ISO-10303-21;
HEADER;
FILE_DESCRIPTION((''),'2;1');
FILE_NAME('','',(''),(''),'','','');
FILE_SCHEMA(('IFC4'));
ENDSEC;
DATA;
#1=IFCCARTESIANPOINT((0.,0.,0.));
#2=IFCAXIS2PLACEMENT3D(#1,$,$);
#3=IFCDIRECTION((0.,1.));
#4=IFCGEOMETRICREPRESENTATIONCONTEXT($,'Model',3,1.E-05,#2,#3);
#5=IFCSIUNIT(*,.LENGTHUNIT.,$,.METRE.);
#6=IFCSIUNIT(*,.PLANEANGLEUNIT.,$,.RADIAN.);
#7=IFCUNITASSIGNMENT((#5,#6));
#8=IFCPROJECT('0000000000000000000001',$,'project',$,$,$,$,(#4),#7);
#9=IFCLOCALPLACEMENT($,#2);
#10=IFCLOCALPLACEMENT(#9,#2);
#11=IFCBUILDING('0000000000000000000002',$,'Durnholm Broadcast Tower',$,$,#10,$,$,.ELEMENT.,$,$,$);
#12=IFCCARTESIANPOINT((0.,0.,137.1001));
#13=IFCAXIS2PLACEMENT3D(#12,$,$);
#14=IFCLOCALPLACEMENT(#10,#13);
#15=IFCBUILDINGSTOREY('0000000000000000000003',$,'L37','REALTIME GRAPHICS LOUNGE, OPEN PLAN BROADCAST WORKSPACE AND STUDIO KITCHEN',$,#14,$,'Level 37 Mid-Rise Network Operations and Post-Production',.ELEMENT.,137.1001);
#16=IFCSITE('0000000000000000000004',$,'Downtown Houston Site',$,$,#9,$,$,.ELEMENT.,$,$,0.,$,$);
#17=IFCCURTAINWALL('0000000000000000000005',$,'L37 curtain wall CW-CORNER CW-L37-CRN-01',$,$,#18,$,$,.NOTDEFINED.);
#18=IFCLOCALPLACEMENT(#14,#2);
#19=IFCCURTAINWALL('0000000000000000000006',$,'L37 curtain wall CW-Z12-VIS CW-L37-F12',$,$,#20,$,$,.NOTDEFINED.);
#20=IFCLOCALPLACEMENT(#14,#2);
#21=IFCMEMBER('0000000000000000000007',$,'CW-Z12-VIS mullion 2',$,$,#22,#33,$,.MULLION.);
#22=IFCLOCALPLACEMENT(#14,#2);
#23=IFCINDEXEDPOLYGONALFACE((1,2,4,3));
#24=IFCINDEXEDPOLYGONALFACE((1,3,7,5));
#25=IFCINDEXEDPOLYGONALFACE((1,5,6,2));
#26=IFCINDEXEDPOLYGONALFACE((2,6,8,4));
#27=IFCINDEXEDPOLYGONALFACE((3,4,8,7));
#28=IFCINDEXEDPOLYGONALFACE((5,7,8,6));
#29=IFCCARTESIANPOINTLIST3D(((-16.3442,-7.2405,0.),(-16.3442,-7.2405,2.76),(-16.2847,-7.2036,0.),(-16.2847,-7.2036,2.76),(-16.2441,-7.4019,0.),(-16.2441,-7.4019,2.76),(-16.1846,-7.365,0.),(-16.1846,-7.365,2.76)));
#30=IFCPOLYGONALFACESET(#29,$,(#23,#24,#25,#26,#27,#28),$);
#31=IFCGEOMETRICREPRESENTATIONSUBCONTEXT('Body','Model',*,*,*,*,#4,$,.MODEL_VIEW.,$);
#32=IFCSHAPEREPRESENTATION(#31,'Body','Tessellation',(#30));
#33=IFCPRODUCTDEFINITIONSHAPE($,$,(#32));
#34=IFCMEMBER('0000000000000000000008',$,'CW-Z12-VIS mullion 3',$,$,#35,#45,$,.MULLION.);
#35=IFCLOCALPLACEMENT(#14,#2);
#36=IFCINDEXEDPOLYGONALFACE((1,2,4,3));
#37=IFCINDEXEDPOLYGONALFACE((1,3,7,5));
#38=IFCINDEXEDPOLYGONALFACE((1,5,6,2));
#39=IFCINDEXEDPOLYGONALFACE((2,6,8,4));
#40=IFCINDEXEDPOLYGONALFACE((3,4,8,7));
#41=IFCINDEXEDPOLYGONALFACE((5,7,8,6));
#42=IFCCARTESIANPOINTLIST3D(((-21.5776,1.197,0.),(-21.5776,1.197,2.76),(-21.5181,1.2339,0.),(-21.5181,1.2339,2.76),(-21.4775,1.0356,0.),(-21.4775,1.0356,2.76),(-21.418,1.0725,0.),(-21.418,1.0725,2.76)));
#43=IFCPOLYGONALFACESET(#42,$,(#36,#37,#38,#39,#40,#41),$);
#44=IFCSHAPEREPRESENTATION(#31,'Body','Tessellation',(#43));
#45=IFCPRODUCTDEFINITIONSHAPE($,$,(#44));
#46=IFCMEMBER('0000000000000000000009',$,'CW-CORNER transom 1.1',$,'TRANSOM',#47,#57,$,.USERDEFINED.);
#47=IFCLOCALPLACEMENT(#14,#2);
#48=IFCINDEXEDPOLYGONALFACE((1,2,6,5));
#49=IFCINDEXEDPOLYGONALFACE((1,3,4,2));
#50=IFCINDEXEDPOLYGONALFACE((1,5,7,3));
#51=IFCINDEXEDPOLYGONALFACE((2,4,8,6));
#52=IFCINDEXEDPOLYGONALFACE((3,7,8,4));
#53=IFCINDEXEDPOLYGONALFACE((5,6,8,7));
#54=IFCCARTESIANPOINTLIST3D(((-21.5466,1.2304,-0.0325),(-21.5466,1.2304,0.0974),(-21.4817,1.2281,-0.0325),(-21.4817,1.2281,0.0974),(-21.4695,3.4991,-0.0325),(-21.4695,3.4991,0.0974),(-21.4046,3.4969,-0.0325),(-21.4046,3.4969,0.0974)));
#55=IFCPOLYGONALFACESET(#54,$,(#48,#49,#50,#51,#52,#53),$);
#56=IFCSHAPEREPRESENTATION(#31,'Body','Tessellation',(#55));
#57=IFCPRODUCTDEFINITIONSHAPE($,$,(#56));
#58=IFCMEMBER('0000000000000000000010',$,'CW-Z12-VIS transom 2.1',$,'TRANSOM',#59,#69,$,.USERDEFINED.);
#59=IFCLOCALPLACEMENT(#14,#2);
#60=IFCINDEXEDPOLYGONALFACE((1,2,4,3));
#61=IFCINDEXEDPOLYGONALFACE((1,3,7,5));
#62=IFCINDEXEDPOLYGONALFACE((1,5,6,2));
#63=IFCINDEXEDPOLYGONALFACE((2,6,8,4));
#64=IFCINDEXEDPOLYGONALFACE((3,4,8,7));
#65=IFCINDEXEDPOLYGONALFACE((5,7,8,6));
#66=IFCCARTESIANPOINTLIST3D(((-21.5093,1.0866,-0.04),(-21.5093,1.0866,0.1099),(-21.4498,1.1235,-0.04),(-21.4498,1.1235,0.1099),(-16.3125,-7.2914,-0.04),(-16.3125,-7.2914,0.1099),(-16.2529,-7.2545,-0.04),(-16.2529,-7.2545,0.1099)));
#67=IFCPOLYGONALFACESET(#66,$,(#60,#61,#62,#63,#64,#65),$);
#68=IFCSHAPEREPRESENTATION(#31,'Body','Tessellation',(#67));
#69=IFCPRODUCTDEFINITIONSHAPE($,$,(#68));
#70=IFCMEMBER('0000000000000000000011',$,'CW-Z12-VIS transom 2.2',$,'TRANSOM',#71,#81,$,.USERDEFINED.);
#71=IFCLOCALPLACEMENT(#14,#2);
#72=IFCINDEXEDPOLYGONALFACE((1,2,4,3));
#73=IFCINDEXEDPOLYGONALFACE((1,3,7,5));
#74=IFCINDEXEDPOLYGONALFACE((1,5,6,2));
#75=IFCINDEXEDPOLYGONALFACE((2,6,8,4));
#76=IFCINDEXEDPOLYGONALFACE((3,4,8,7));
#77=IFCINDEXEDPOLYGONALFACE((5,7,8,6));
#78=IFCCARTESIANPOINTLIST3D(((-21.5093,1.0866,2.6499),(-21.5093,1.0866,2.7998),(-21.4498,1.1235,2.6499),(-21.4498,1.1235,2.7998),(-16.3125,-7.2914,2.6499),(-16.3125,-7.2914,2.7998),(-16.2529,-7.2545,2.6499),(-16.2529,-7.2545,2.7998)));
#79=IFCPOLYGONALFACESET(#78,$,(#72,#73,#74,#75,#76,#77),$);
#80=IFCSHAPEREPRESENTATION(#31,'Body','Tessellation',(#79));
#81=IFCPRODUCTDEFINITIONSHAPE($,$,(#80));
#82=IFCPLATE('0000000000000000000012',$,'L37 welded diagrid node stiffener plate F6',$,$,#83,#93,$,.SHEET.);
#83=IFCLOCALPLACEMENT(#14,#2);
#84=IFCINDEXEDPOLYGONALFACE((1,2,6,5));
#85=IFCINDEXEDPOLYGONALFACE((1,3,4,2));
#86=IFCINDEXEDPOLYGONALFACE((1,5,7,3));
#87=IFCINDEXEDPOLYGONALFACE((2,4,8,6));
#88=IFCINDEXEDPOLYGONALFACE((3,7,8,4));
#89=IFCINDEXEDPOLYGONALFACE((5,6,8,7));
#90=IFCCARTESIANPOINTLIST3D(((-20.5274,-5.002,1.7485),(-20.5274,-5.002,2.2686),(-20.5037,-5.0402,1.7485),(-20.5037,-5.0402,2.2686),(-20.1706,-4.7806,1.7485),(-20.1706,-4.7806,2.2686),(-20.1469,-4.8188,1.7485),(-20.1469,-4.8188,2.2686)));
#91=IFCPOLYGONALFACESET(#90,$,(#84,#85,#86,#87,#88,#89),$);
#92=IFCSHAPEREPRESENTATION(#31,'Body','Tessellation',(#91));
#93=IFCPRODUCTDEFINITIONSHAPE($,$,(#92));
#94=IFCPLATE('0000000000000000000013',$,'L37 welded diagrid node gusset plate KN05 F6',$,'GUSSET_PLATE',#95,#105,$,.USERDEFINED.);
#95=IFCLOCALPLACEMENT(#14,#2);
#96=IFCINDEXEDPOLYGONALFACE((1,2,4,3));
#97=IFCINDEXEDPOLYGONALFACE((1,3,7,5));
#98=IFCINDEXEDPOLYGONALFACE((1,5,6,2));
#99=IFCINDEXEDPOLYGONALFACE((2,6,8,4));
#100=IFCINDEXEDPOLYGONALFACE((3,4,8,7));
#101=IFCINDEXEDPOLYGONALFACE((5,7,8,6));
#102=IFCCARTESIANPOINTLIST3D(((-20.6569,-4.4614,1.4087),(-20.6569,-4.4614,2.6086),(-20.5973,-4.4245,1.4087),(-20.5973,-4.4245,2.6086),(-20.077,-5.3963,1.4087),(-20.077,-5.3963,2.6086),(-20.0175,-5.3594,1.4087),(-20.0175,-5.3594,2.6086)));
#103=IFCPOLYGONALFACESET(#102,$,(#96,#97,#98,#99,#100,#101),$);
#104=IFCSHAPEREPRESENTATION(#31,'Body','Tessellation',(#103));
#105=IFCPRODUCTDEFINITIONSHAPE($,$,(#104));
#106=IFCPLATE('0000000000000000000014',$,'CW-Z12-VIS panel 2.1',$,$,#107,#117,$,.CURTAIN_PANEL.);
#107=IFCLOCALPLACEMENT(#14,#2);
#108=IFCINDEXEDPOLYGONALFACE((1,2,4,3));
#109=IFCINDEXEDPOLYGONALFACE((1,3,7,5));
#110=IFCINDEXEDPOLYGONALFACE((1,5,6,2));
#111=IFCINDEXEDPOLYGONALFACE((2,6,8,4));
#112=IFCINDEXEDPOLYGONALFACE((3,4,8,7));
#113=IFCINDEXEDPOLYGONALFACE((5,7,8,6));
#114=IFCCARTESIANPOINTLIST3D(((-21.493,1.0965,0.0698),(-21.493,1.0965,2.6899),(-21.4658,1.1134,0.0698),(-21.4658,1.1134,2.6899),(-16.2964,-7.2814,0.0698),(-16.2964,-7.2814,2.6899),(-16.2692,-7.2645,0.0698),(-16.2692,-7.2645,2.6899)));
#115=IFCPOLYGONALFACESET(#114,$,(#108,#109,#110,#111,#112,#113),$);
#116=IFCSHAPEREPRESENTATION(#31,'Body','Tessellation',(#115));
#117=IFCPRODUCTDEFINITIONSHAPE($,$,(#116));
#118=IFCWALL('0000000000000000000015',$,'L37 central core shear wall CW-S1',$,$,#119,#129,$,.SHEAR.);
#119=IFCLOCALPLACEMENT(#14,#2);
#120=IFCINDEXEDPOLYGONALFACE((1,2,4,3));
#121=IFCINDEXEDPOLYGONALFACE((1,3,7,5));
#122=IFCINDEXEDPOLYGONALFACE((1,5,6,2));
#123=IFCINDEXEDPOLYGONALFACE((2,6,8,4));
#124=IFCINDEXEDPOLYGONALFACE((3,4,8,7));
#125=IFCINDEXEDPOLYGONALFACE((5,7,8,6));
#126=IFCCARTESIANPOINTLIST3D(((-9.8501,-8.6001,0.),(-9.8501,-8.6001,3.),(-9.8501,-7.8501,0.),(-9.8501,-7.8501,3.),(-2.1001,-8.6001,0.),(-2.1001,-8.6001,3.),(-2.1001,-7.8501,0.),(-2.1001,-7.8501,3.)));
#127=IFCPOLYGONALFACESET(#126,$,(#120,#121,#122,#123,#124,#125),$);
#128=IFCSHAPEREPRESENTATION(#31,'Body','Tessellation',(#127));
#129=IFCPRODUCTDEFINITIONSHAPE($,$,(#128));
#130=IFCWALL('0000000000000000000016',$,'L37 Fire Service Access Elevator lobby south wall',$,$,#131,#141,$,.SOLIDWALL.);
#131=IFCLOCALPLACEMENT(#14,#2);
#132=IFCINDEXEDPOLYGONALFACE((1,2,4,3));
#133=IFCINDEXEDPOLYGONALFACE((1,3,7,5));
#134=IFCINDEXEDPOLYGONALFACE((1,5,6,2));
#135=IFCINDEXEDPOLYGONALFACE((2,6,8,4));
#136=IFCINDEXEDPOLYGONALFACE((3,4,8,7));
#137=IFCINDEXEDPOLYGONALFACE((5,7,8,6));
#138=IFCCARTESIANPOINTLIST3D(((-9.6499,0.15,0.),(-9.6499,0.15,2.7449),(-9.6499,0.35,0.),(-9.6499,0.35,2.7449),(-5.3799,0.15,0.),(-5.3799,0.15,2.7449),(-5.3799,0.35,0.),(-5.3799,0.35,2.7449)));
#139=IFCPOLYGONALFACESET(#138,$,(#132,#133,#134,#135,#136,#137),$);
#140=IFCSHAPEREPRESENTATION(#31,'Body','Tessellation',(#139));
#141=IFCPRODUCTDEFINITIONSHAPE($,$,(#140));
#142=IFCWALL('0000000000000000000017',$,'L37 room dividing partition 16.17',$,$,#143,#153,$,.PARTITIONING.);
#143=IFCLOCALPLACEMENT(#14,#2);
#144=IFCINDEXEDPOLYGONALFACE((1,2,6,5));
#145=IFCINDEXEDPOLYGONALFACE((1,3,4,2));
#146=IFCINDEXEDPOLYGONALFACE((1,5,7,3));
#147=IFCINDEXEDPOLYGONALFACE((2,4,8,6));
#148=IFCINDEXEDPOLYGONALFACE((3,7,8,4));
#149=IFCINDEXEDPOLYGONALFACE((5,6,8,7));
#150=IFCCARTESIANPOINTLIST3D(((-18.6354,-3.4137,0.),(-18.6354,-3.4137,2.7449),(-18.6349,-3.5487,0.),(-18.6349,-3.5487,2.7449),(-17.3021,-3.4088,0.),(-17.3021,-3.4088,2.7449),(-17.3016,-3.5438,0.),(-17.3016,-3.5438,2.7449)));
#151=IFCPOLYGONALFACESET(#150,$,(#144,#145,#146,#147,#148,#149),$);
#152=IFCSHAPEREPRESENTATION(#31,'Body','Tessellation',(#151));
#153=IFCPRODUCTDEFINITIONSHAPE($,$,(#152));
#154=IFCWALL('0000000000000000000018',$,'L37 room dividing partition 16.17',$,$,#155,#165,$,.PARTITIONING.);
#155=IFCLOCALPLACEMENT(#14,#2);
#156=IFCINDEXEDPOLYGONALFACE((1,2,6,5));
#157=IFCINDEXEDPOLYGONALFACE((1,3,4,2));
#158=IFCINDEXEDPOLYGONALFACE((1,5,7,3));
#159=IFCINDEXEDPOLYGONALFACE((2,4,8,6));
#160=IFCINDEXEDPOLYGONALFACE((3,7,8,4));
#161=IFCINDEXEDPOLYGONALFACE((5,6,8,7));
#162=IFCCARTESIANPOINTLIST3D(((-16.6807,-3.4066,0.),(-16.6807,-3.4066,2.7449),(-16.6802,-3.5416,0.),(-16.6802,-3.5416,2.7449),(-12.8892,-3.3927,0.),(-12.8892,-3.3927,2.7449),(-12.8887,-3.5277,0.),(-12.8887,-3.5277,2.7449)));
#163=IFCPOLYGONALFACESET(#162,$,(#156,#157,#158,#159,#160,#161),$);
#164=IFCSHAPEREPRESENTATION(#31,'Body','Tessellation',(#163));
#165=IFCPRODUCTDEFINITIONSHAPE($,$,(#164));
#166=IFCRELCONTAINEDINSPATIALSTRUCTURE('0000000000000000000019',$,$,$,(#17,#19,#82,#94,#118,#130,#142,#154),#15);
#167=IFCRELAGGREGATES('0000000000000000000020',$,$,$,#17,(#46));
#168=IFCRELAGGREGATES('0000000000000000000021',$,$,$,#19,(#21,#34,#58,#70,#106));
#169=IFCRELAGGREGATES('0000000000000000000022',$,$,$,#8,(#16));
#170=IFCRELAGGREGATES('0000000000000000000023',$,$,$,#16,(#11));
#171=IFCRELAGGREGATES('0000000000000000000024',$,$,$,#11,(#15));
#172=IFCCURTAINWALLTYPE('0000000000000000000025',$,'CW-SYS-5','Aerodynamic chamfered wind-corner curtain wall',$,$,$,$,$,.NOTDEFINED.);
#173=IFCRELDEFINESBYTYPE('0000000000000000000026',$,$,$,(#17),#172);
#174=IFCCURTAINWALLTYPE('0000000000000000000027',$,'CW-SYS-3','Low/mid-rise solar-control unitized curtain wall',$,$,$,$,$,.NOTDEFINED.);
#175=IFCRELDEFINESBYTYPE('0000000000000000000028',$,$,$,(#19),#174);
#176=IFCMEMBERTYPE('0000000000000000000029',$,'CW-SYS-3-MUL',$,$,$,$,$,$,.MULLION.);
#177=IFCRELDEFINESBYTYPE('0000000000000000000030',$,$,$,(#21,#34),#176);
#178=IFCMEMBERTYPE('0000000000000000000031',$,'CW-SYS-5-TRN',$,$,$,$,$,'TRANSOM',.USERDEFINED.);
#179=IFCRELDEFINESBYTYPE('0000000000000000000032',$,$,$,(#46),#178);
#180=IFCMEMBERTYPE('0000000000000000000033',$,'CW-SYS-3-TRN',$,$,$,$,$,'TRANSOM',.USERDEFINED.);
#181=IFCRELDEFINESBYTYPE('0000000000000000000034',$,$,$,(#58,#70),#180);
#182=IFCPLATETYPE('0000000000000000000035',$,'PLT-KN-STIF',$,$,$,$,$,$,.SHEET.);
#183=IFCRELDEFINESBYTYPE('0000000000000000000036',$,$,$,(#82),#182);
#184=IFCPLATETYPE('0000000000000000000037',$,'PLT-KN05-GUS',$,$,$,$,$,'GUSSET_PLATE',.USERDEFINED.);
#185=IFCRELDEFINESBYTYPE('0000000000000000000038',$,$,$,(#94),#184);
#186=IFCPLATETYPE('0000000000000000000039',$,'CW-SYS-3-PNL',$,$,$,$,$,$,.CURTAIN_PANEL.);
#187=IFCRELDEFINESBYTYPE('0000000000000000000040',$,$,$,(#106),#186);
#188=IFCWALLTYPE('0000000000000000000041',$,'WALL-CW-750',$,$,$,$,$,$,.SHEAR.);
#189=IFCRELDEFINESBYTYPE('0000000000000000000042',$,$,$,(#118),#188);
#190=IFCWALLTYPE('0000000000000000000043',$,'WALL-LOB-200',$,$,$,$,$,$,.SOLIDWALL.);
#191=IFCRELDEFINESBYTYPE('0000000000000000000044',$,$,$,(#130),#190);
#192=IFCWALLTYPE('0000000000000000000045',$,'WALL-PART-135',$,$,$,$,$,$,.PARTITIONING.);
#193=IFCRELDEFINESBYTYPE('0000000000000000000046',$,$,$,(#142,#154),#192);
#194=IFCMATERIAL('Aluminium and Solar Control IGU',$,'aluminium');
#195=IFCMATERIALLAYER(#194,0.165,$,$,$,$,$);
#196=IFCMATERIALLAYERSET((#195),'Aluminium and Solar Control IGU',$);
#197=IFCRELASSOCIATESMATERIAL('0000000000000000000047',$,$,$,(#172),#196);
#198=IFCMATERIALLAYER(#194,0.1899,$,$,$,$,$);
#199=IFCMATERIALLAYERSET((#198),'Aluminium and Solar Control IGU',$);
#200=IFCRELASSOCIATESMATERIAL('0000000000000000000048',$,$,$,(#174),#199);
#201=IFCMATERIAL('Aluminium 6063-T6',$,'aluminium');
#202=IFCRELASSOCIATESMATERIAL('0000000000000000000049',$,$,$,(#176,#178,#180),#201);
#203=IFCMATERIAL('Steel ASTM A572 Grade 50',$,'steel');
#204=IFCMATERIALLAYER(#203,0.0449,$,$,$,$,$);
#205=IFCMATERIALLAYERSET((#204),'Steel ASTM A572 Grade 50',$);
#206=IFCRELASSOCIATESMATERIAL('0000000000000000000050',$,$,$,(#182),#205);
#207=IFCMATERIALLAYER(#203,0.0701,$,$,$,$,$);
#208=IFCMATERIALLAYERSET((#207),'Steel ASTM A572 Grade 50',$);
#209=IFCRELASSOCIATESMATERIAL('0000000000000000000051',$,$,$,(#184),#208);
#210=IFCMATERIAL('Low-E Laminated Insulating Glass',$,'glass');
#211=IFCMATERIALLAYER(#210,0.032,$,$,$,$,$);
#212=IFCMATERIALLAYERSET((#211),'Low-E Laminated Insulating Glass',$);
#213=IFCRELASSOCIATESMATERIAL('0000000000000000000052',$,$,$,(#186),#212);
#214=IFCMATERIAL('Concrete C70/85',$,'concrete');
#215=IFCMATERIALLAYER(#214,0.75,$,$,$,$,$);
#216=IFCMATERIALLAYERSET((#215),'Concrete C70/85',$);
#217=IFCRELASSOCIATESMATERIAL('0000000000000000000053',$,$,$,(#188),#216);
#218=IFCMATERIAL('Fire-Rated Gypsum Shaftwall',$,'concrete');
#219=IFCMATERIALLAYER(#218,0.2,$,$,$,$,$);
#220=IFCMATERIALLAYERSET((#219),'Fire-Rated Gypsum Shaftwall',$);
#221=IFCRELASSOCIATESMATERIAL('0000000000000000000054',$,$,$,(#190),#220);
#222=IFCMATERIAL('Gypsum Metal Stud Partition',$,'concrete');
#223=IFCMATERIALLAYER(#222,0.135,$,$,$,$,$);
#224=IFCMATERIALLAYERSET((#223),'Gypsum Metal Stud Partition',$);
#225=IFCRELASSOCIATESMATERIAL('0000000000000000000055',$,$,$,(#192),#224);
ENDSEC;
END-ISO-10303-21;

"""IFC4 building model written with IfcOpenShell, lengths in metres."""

from ifc_helpers import new_model, si_unit, direction, frame, frame_2d, origin, origin_2d, place, context, subcontext, project, spatial, rectangle, extrude, source, transform, mapped, material, layer, layer_set, material_profile, profile_set, type_object, type_shapes, element, aggregate, save


model = new_model("IFC4")

# Units and contexts
model_context = context("Model", 3, precision=1e-05, world=origin(), true_north=direction((0.0, 1.0)))
body_context = subcontext(model_context, "Body", "Model", "MODEL_VIEW")
ifc_project = project(units=[si_unit("LENGTHUNIT", "METRE"), si_unit("PLANEANGLEUNIT", "RADIAN")], contexts=[model_context])

# Site, building, storey
site_placement = place(None, origin())
site = spatial("IfcSite", under=ifc_project, at=site_placement, Name="Downtown Houston Site", CompositionType="ELEMENT", RefElevation=0.0)
building_placement = place(site_placement, origin())
building = spatial("IfcBuilding", under=site, at=building_placement, Name="Durnholm Broadcast Tower", CompositionType="ELEMENT")
storey_placement = place(building_placement, frame((0.0, 0.0, 137.1001)))
storey = spatial("IfcBuildingStorey", under=building, at=storey_placement, Name="L37", Description="REALTIME GRAPHICS LOUNGE, OPEN PLAN BROADCAST WORKSPACE AND STUDIO KITCHEN", LongName="Level 37 Mid-Rise Network Operations and Post-Production", CompositionType="ELEMENT", Elevation=137.1001)

# Shared definitions
ifc_material_1 = material(Name="Concrete C70/85", Category="concrete")

# Curtain wall
ifc_material_2 = material(Name="Aluminium and Solar Control IGU", Category="aluminium")
ifc_layer_1 = layer(ifc_material_2, 0.165)
ifc_layer_set_1 = layer_set([ifc_layer_1], Name="Aluminium and Solar Control IGU")
curtain_wall_type_1 = type_object("IfcCurtainWallType", Name="CW-SYS-5", Description="Aerodynamic chamfered wind-corner curtain wall", PredefinedType="NOTDEFINED", material=ifc_layer_set_1)
curtain_wall_1_placement = place(storey_placement, origin())
curtain_wall_1 = element("IfcCurtainWall", 1, at=curtain_wall_1_placement, inside=storey, type_object=curtain_wall_type_1, Name="L37 curtain wall CW-CORNER CW-L37-CRN-01", PredefinedType="NOTDEFINED")
ifc_material_3 = material(Name="Aluminium 6063-T6", Category="aluminium")

# Curtain wall, members
ifc_layer_2 = layer(ifc_material_2, 0.1899)
ifc_layer_set_2 = layer_set([ifc_layer_2], Name="Aluminium and Solar Control IGU")
curtain_wall_type_2 = type_object("IfcCurtainWallType", Name="CW-SYS-3", Description="Low/mid-rise solar-control unitized curtain wall", PredefinedType="NOTDEFINED", material=ifc_layer_set_2)
curtain_wall_2_placement = place(storey_placement, origin())
curtain_wall_2 = element("IfcCurtainWall", 2, at=curtain_wall_2_placement, inside=storey, type_object=curtain_wall_type_2, Name="L37 curtain wall CW-Z12-VIS CW-L37-F12", PredefinedType="NOTDEFINED")
ifc_material_profile_1 = material_profile(ifc_material_3, rectangle(XDim=0.0701, YDim=0.1899, at=origin_2d()), Name="CWM70X190")
ifc_profile_set_1 = profile_set([ifc_material_profile_1], Name="Aluminium 6063-T6")
member_type_1 = type_object("IfcMemberType", Name="CW-SYS-3-MUL", PredefinedType="MULLION", material=ifc_profile_set_1)
shared_shape_1 = source(origin(), body_context, "Body", "SweptSolid", [
    extrude(rectangle(XDim=0.0701, YDim=0.1899, at=origin_2d()), origin(), (0.0, 0.0, 1.0), 2.76),
])
type_shapes(member_type_1, [shared_shape_1])
member_1_placement = place(storey_placement, frame((-16.2644, -7.3027, 0.0), z_axis=(0.0, 0.0, 1.0), x_axis=(-0.8498, -0.527105, 0.0)))
member_1 = element("IfcMember", 3, at=member_1_placement, type_object=member_type_1, Name="CW-Z12-VIS mullion 2", PredefinedType="MULLION", context=body_context, shape_type="MappedRepresentation", body=[
    mapped(shared_shape_1, transform((0.0, 0.0, 0.0), x_axis=(1.0, 0.0, 0.0), y_axis=(0.0, 1.0, 0.0), z_axis=(0.0, 0.0, 1.0), scale=1.0)),
])
member_2_placement = place(storey_placement, frame((-21.4978, 1.1348, 0.0), z_axis=(0.0, 0.0, 1.0), x_axis=(-0.8498, -0.527105, 0.0)))
member_2 = element("IfcMember", 4, at=member_2_placement, type_object=member_type_1, Name="CW-Z12-VIS mullion 3", PredefinedType="MULLION", context=body_context, shape_type="MappedRepresentation", body=[
    mapped(shared_shape_1, transform((0.0, 0.0, 0.0), x_axis=(1.0, 0.0, 0.0), y_axis=(0.0, 1.0, 0.0), z_axis=(0.0, 0.0, 1.0), scale=1.0)),
])

# Members
ifc_material_profile_2 = material_profile(ifc_material_3, rectangle(XDim=0.0649, YDim=0.1299, at=origin_2d()), Name="CWT65X130")
ifc_profile_set_2 = profile_set([ifc_material_profile_2], Name="Aluminium 6063-T6")
member_type_2 = type_object("IfcMemberType", Name="CW-SYS-5-TRN", ElementType="TRANSOM", PredefinedType="USERDEFINED", material=ifc_profile_set_2)
shared_shape_2 = source(origin(), body_context, "Body", "SweptSolid", [
    extrude(rectangle(XDim=0.0649, YDim=0.1299, at=origin_2d()), origin(), (0.0, 0.0, 1.0), 2.27),
])
type_shapes(member_type_2, [shared_shape_2])
member_3_placement = place(storey_placement, frame((-21.5142, 1.2292, 0.0325), z_axis=(0.033984, 0.999422, 0.0), x_axis=(-0.999422, 0.033984, 0.0)))
member_3 = element("IfcMember", 5, at=member_3_placement, type_object=member_type_2, Name="CW-CORNER transom 1.1", ObjectType="TRANSOM", PredefinedType="USERDEFINED", context=body_context, shape_type="MappedRepresentation", body=[
    mapped(shared_shape_2, transform((0.0, 0.0, 0.0), x_axis=(1.0, 0.0, 0.0), y_axis=(0.0, 1.0, 0.0), z_axis=(0.0, 0.0, 1.0), scale=1.0)),
])
aggregate(curtain_wall_1, [member_3])
ifc_material_profile_3 = material_profile(ifc_material_3, rectangle(XDim=0.0701, YDim=0.1499, at=origin_2d()), Name="CWT70X150")
ifc_profile_set_3 = profile_set([ifc_material_profile_3], Name="Aluminium 6063-T6")
member_type_3 = type_object("IfcMemberType", Name="CW-SYS-3-TRN", ElementType="TRANSOM", PredefinedType="USERDEFINED", material=ifc_profile_set_3)
shared_shape_3 = source(origin(), body_context, "Body", "SweptSolid", [
    extrude(rectangle(XDim=0.0701, YDim=0.1499, at=origin_2d()), origin(), (0.0, 0.0, 1.0), 9.8589),
])
type_shapes(member_type_3, [shared_shape_3])
member_4_placement = place(storey_placement, frame((-16.2827, -7.2729, 0.0349), z_axis=(-0.52712, 0.849791, 0.0), x_axis=(-0.849791, -0.52712, 0.0)))
member_4 = element("IfcMember", 6, at=member_4_placement, type_object=member_type_3, Name="CW-Z12-VIS transom 2.1", ObjectType="TRANSOM", PredefinedType="USERDEFINED", context=body_context, shape_type="MappedRepresentation", body=[
    mapped(shared_shape_3, transform((0.0, 0.0, 0.0), x_axis=(1.0, 0.0, 0.0), y_axis=(0.0, 1.0, 0.0), z_axis=(0.0, 0.0, 1.0), scale=1.0)),
])
member_5_placement = place(storey_placement, frame((-16.2827, -7.2729, 2.7249), z_axis=(-0.52712, 0.849791, 0.0), x_axis=(-0.849791, -0.52712, 0.0)))
member_5 = element("IfcMember", 7, at=member_5_placement, type_object=member_type_3, Name="CW-Z12-VIS transom 2.2", ObjectType="TRANSOM", PredefinedType="USERDEFINED", context=body_context, shape_type="MappedRepresentation", body=[
    mapped(shared_shape_3, transform((0.0, 0.0, 0.0), x_axis=(1.0, 0.0, 0.0), y_axis=(0.0, 1.0, 0.0), z_axis=(0.0, 0.0, 1.0), scale=1.0)),
])

# Plates
ifc_material_4 = material(Name="Steel ASTM A572 Grade 50", Category="steel")
ifc_layer_3 = layer(ifc_material_4, 0.0449)
ifc_layer_set_3 = layer_set([ifc_layer_3], Name="Steel ASTM A572 Grade 50")
plate_type_1 = type_object("IfcPlateType", Name="PLT-KN-STIF", PredefinedType="SHEET", material=ifc_layer_set_3)
shared_shape_4 = source(origin(), body_context, "Body", "SweptSolid", [
    extrude(rectangle(XDim=0.0449, YDim=0.4199, at=origin_2d()), origin(), (0.0, 0.0, 1.0), 0.52),
])
type_shapes(plate_type_1, [shared_shape_4])
plate_1_placement = place(storey_placement, frame((-20.3372, -4.9104, 1.7485), z_axis=(0.0, 0.0, 1.0), x_axis=(0.527104, -0.849801, 0.0)))
element("IfcPlate", 8, at=plate_1_placement, inside=storey, type_object=plate_type_1, Name="L37 welded diagrid node stiffener plate F6", PredefinedType="SHEET", context=body_context, shape_type="MappedRepresentation", body=[
    mapped(shared_shape_4, transform((0.0, 0.0, 0.0), x_axis=(1.0, 0.0, 0.0), y_axis=(0.0, 1.0, 0.0), z_axis=(0.0, 0.0, 1.0), scale=1.0)),
])
ifc_layer_4 = layer(ifc_material_4, 0.0701)
ifc_layer_set_4 = layer_set([ifc_layer_4], Name="Steel ASTM A572 Grade 50")
plate_type_2 = type_object("IfcPlateType", Name="PLT-KN05-GUS", ElementType="GUSSET_PLATE", PredefinedType="USERDEFINED", material=ifc_layer_set_4)
shared_shape_5 = source(origin(), body_context, "Body", "SweptSolid", [
    extrude(rectangle(XDim=1.1001, YDim=0.0701, at=origin_2d()), origin(), (0.0, 0.0, 1.0), 1.2),
])
type_shapes(plate_type_2, [shared_shape_5])
plate_2_placement = place(storey_placement, frame((-20.3372, -4.9104, 1.4087), z_axis=(0.0, 0.0, 1.0), x_axis=(0.527104, -0.849801, 0.0)))
element("IfcPlate", 9, at=plate_2_placement, inside=storey, type_object=plate_type_2, Name="L37 welded diagrid node gusset plate KN05 F6", ObjectType="GUSSET_PLATE", PredefinedType="USERDEFINED", context=body_context, shape_type="MappedRepresentation", body=[
    mapped(shared_shape_5, transform((0.0, 0.0, 0.0), x_axis=(1.0, 0.0, 0.0), y_axis=(0.0, 1.0, 0.0), z_axis=(0.0, 0.0, 1.0), scale=1.0)),
])

# Plate
ifc_material_5 = material(Name="Low-E Laminated Insulating Glass", Category="glass")
ifc_layer_5 = layer(ifc_material_5, 0.032)
ifc_layer_set_5 = layer_set([ifc_layer_5], Name="Low-E Laminated Insulating Glass")
plate_type_3 = type_object("IfcPlateType", Name="CW-SYS-3-PNL", PredefinedType="CURTAIN_PANEL", material=ifc_layer_set_5)
shared_shape_6 = source(origin(), body_context, "Body", "SweptSolid", [
    extrude(rectangle(XDim=9.8586, YDim=0.032, at=origin_2d()), origin(), (0.0, 0.0, 1.0), 2.6201),
])
type_shapes(plate_type_3, [shared_shape_6])
plate_3_placement = place(storey_placement, frame((-18.8811, -3.084, 0.0698), z_axis=(0.0, 0.0, 1.0), x_axis=(-0.527105, 0.8498, 0.0)))
plate_3 = element("IfcPlate", 10, at=plate_3_placement, type_object=plate_type_3, Name="CW-Z12-VIS panel 2.1", PredefinedType="CURTAIN_PANEL", context=body_context, shape_type="MappedRepresentation", body=[
    mapped(shared_shape_6, transform((0.0, 0.0, 0.0), x_axis=(1.0, 0.0, 0.0), y_axis=(0.0, 1.0, 0.0), z_axis=(0.0, 0.0, 1.0), scale=1.0)),
])
aggregate(curtain_wall_2, [member_1, member_2, member_4, member_5, plate_3])

# Walls
ifc_layer_6 = layer(ifc_material_1, 0.75)
ifc_layer_set_6 = layer_set([ifc_layer_6], Name="Concrete C70/85")
wall_type_1 = type_object("IfcWallType", Name="WALL-CW-750", PredefinedType="SHEAR", material=ifc_layer_set_6)
wall_1_placement = place(storey_placement, frame((-9.8501, -8.2251, 0.0), z_axis=(0.0, 0.0, 1.0), x_axis=(1.0, 0.0, 0.0)))
element("IfcWall", 11, at=wall_1_placement, inside=storey, type_object=wall_type_1, Name="L37 central core shear wall CW-S1", PredefinedType="SHEAR", context=body_context, shape_type="SweptSolid", body=[
    extrude(rectangle(XDim=7.75, YDim=0.75, at=frame_2d((3.875, 0.0))), origin(), (0.0, 0.0, 1.0), 3.0),
])
ifc_material_6 = material(Name="Fire-Rated Gypsum Shaftwall", Category="concrete")
ifc_layer_7 = layer(ifc_material_6, 0.2)
ifc_layer_set_7 = layer_set([ifc_layer_7], Name="Fire-Rated Gypsum Shaftwall")
wall_type_2 = type_object("IfcWallType", Name="WALL-LOB-200", PredefinedType="SOLIDWALL", material=ifc_layer_set_7)
wall_2_placement = place(storey_placement, frame((-9.6499, 0.25, 0.0), z_axis=(0.0, 0.0, 1.0), x_axis=(1.0, 0.0, 0.0)))
element("IfcWall", 12, at=wall_2_placement, inside=storey, type_object=wall_type_2, Name="L37 Fire Service Access Elevator lobby south wall", PredefinedType="SOLIDWALL", context=body_context, shape_type="SweptSolid", body=[
    extrude(rectangle(XDim=4.27, YDim=0.2, at=frame_2d((2.135, 0.0))), origin(), (0.0, 0.0, 1.0), 2.7449),
])
ifc_material_7 = material(Name="Gypsum Metal Stud Partition", Category="concrete")
ifc_layer_8 = layer(ifc_material_7, 0.135)
ifc_layer_set_8 = layer_set([ifc_layer_8], Name="Gypsum Metal Stud Partition")
wall_type_3 = type_object("IfcWallType", Name="WALL-PART-135", PredefinedType="PARTITIONING", material=ifc_layer_set_8)
wall_3_placement = place(storey_placement, frame((-18.635, -3.4812, 0.0), z_axis=(0.0, 0.0, 1.0), x_axis=(0.999993, 0.003662, 0.0)))
element("IfcWall", 13, at=wall_3_placement, inside=storey, type_object=wall_type_3, Name="L37 room dividing partition 16.17", PredefinedType="PARTITIONING", context=body_context, shape_type="SweptSolid", body=[
    extrude(rectangle(XDim=1.3333, YDim=0.135, at=frame_2d((0.6665, 0.0))), origin(), (0.0, 0.0, 1.0), 2.7449),
])
wall_4_placement = place(storey_placement, frame((-16.6804, -3.4741, 0.0), z_axis=(0.0, 0.0, 1.0), x_axis=(0.999993, 0.00367, 0.0)))
element("IfcWall", 14, at=wall_4_placement, inside=storey, type_object=wall_type_3, Name="L37 room dividing partition 16.17", PredefinedType="PARTITIONING", context=body_context, shape_type="SweptSolid", body=[
    extrude(rectangle(XDim=3.7915, YDim=0.135, at=frame_2d((1.8958, 0.0))), origin(), (0.0, 0.0, 1.0), 2.7449),
])

save(model, "model.ifc")
